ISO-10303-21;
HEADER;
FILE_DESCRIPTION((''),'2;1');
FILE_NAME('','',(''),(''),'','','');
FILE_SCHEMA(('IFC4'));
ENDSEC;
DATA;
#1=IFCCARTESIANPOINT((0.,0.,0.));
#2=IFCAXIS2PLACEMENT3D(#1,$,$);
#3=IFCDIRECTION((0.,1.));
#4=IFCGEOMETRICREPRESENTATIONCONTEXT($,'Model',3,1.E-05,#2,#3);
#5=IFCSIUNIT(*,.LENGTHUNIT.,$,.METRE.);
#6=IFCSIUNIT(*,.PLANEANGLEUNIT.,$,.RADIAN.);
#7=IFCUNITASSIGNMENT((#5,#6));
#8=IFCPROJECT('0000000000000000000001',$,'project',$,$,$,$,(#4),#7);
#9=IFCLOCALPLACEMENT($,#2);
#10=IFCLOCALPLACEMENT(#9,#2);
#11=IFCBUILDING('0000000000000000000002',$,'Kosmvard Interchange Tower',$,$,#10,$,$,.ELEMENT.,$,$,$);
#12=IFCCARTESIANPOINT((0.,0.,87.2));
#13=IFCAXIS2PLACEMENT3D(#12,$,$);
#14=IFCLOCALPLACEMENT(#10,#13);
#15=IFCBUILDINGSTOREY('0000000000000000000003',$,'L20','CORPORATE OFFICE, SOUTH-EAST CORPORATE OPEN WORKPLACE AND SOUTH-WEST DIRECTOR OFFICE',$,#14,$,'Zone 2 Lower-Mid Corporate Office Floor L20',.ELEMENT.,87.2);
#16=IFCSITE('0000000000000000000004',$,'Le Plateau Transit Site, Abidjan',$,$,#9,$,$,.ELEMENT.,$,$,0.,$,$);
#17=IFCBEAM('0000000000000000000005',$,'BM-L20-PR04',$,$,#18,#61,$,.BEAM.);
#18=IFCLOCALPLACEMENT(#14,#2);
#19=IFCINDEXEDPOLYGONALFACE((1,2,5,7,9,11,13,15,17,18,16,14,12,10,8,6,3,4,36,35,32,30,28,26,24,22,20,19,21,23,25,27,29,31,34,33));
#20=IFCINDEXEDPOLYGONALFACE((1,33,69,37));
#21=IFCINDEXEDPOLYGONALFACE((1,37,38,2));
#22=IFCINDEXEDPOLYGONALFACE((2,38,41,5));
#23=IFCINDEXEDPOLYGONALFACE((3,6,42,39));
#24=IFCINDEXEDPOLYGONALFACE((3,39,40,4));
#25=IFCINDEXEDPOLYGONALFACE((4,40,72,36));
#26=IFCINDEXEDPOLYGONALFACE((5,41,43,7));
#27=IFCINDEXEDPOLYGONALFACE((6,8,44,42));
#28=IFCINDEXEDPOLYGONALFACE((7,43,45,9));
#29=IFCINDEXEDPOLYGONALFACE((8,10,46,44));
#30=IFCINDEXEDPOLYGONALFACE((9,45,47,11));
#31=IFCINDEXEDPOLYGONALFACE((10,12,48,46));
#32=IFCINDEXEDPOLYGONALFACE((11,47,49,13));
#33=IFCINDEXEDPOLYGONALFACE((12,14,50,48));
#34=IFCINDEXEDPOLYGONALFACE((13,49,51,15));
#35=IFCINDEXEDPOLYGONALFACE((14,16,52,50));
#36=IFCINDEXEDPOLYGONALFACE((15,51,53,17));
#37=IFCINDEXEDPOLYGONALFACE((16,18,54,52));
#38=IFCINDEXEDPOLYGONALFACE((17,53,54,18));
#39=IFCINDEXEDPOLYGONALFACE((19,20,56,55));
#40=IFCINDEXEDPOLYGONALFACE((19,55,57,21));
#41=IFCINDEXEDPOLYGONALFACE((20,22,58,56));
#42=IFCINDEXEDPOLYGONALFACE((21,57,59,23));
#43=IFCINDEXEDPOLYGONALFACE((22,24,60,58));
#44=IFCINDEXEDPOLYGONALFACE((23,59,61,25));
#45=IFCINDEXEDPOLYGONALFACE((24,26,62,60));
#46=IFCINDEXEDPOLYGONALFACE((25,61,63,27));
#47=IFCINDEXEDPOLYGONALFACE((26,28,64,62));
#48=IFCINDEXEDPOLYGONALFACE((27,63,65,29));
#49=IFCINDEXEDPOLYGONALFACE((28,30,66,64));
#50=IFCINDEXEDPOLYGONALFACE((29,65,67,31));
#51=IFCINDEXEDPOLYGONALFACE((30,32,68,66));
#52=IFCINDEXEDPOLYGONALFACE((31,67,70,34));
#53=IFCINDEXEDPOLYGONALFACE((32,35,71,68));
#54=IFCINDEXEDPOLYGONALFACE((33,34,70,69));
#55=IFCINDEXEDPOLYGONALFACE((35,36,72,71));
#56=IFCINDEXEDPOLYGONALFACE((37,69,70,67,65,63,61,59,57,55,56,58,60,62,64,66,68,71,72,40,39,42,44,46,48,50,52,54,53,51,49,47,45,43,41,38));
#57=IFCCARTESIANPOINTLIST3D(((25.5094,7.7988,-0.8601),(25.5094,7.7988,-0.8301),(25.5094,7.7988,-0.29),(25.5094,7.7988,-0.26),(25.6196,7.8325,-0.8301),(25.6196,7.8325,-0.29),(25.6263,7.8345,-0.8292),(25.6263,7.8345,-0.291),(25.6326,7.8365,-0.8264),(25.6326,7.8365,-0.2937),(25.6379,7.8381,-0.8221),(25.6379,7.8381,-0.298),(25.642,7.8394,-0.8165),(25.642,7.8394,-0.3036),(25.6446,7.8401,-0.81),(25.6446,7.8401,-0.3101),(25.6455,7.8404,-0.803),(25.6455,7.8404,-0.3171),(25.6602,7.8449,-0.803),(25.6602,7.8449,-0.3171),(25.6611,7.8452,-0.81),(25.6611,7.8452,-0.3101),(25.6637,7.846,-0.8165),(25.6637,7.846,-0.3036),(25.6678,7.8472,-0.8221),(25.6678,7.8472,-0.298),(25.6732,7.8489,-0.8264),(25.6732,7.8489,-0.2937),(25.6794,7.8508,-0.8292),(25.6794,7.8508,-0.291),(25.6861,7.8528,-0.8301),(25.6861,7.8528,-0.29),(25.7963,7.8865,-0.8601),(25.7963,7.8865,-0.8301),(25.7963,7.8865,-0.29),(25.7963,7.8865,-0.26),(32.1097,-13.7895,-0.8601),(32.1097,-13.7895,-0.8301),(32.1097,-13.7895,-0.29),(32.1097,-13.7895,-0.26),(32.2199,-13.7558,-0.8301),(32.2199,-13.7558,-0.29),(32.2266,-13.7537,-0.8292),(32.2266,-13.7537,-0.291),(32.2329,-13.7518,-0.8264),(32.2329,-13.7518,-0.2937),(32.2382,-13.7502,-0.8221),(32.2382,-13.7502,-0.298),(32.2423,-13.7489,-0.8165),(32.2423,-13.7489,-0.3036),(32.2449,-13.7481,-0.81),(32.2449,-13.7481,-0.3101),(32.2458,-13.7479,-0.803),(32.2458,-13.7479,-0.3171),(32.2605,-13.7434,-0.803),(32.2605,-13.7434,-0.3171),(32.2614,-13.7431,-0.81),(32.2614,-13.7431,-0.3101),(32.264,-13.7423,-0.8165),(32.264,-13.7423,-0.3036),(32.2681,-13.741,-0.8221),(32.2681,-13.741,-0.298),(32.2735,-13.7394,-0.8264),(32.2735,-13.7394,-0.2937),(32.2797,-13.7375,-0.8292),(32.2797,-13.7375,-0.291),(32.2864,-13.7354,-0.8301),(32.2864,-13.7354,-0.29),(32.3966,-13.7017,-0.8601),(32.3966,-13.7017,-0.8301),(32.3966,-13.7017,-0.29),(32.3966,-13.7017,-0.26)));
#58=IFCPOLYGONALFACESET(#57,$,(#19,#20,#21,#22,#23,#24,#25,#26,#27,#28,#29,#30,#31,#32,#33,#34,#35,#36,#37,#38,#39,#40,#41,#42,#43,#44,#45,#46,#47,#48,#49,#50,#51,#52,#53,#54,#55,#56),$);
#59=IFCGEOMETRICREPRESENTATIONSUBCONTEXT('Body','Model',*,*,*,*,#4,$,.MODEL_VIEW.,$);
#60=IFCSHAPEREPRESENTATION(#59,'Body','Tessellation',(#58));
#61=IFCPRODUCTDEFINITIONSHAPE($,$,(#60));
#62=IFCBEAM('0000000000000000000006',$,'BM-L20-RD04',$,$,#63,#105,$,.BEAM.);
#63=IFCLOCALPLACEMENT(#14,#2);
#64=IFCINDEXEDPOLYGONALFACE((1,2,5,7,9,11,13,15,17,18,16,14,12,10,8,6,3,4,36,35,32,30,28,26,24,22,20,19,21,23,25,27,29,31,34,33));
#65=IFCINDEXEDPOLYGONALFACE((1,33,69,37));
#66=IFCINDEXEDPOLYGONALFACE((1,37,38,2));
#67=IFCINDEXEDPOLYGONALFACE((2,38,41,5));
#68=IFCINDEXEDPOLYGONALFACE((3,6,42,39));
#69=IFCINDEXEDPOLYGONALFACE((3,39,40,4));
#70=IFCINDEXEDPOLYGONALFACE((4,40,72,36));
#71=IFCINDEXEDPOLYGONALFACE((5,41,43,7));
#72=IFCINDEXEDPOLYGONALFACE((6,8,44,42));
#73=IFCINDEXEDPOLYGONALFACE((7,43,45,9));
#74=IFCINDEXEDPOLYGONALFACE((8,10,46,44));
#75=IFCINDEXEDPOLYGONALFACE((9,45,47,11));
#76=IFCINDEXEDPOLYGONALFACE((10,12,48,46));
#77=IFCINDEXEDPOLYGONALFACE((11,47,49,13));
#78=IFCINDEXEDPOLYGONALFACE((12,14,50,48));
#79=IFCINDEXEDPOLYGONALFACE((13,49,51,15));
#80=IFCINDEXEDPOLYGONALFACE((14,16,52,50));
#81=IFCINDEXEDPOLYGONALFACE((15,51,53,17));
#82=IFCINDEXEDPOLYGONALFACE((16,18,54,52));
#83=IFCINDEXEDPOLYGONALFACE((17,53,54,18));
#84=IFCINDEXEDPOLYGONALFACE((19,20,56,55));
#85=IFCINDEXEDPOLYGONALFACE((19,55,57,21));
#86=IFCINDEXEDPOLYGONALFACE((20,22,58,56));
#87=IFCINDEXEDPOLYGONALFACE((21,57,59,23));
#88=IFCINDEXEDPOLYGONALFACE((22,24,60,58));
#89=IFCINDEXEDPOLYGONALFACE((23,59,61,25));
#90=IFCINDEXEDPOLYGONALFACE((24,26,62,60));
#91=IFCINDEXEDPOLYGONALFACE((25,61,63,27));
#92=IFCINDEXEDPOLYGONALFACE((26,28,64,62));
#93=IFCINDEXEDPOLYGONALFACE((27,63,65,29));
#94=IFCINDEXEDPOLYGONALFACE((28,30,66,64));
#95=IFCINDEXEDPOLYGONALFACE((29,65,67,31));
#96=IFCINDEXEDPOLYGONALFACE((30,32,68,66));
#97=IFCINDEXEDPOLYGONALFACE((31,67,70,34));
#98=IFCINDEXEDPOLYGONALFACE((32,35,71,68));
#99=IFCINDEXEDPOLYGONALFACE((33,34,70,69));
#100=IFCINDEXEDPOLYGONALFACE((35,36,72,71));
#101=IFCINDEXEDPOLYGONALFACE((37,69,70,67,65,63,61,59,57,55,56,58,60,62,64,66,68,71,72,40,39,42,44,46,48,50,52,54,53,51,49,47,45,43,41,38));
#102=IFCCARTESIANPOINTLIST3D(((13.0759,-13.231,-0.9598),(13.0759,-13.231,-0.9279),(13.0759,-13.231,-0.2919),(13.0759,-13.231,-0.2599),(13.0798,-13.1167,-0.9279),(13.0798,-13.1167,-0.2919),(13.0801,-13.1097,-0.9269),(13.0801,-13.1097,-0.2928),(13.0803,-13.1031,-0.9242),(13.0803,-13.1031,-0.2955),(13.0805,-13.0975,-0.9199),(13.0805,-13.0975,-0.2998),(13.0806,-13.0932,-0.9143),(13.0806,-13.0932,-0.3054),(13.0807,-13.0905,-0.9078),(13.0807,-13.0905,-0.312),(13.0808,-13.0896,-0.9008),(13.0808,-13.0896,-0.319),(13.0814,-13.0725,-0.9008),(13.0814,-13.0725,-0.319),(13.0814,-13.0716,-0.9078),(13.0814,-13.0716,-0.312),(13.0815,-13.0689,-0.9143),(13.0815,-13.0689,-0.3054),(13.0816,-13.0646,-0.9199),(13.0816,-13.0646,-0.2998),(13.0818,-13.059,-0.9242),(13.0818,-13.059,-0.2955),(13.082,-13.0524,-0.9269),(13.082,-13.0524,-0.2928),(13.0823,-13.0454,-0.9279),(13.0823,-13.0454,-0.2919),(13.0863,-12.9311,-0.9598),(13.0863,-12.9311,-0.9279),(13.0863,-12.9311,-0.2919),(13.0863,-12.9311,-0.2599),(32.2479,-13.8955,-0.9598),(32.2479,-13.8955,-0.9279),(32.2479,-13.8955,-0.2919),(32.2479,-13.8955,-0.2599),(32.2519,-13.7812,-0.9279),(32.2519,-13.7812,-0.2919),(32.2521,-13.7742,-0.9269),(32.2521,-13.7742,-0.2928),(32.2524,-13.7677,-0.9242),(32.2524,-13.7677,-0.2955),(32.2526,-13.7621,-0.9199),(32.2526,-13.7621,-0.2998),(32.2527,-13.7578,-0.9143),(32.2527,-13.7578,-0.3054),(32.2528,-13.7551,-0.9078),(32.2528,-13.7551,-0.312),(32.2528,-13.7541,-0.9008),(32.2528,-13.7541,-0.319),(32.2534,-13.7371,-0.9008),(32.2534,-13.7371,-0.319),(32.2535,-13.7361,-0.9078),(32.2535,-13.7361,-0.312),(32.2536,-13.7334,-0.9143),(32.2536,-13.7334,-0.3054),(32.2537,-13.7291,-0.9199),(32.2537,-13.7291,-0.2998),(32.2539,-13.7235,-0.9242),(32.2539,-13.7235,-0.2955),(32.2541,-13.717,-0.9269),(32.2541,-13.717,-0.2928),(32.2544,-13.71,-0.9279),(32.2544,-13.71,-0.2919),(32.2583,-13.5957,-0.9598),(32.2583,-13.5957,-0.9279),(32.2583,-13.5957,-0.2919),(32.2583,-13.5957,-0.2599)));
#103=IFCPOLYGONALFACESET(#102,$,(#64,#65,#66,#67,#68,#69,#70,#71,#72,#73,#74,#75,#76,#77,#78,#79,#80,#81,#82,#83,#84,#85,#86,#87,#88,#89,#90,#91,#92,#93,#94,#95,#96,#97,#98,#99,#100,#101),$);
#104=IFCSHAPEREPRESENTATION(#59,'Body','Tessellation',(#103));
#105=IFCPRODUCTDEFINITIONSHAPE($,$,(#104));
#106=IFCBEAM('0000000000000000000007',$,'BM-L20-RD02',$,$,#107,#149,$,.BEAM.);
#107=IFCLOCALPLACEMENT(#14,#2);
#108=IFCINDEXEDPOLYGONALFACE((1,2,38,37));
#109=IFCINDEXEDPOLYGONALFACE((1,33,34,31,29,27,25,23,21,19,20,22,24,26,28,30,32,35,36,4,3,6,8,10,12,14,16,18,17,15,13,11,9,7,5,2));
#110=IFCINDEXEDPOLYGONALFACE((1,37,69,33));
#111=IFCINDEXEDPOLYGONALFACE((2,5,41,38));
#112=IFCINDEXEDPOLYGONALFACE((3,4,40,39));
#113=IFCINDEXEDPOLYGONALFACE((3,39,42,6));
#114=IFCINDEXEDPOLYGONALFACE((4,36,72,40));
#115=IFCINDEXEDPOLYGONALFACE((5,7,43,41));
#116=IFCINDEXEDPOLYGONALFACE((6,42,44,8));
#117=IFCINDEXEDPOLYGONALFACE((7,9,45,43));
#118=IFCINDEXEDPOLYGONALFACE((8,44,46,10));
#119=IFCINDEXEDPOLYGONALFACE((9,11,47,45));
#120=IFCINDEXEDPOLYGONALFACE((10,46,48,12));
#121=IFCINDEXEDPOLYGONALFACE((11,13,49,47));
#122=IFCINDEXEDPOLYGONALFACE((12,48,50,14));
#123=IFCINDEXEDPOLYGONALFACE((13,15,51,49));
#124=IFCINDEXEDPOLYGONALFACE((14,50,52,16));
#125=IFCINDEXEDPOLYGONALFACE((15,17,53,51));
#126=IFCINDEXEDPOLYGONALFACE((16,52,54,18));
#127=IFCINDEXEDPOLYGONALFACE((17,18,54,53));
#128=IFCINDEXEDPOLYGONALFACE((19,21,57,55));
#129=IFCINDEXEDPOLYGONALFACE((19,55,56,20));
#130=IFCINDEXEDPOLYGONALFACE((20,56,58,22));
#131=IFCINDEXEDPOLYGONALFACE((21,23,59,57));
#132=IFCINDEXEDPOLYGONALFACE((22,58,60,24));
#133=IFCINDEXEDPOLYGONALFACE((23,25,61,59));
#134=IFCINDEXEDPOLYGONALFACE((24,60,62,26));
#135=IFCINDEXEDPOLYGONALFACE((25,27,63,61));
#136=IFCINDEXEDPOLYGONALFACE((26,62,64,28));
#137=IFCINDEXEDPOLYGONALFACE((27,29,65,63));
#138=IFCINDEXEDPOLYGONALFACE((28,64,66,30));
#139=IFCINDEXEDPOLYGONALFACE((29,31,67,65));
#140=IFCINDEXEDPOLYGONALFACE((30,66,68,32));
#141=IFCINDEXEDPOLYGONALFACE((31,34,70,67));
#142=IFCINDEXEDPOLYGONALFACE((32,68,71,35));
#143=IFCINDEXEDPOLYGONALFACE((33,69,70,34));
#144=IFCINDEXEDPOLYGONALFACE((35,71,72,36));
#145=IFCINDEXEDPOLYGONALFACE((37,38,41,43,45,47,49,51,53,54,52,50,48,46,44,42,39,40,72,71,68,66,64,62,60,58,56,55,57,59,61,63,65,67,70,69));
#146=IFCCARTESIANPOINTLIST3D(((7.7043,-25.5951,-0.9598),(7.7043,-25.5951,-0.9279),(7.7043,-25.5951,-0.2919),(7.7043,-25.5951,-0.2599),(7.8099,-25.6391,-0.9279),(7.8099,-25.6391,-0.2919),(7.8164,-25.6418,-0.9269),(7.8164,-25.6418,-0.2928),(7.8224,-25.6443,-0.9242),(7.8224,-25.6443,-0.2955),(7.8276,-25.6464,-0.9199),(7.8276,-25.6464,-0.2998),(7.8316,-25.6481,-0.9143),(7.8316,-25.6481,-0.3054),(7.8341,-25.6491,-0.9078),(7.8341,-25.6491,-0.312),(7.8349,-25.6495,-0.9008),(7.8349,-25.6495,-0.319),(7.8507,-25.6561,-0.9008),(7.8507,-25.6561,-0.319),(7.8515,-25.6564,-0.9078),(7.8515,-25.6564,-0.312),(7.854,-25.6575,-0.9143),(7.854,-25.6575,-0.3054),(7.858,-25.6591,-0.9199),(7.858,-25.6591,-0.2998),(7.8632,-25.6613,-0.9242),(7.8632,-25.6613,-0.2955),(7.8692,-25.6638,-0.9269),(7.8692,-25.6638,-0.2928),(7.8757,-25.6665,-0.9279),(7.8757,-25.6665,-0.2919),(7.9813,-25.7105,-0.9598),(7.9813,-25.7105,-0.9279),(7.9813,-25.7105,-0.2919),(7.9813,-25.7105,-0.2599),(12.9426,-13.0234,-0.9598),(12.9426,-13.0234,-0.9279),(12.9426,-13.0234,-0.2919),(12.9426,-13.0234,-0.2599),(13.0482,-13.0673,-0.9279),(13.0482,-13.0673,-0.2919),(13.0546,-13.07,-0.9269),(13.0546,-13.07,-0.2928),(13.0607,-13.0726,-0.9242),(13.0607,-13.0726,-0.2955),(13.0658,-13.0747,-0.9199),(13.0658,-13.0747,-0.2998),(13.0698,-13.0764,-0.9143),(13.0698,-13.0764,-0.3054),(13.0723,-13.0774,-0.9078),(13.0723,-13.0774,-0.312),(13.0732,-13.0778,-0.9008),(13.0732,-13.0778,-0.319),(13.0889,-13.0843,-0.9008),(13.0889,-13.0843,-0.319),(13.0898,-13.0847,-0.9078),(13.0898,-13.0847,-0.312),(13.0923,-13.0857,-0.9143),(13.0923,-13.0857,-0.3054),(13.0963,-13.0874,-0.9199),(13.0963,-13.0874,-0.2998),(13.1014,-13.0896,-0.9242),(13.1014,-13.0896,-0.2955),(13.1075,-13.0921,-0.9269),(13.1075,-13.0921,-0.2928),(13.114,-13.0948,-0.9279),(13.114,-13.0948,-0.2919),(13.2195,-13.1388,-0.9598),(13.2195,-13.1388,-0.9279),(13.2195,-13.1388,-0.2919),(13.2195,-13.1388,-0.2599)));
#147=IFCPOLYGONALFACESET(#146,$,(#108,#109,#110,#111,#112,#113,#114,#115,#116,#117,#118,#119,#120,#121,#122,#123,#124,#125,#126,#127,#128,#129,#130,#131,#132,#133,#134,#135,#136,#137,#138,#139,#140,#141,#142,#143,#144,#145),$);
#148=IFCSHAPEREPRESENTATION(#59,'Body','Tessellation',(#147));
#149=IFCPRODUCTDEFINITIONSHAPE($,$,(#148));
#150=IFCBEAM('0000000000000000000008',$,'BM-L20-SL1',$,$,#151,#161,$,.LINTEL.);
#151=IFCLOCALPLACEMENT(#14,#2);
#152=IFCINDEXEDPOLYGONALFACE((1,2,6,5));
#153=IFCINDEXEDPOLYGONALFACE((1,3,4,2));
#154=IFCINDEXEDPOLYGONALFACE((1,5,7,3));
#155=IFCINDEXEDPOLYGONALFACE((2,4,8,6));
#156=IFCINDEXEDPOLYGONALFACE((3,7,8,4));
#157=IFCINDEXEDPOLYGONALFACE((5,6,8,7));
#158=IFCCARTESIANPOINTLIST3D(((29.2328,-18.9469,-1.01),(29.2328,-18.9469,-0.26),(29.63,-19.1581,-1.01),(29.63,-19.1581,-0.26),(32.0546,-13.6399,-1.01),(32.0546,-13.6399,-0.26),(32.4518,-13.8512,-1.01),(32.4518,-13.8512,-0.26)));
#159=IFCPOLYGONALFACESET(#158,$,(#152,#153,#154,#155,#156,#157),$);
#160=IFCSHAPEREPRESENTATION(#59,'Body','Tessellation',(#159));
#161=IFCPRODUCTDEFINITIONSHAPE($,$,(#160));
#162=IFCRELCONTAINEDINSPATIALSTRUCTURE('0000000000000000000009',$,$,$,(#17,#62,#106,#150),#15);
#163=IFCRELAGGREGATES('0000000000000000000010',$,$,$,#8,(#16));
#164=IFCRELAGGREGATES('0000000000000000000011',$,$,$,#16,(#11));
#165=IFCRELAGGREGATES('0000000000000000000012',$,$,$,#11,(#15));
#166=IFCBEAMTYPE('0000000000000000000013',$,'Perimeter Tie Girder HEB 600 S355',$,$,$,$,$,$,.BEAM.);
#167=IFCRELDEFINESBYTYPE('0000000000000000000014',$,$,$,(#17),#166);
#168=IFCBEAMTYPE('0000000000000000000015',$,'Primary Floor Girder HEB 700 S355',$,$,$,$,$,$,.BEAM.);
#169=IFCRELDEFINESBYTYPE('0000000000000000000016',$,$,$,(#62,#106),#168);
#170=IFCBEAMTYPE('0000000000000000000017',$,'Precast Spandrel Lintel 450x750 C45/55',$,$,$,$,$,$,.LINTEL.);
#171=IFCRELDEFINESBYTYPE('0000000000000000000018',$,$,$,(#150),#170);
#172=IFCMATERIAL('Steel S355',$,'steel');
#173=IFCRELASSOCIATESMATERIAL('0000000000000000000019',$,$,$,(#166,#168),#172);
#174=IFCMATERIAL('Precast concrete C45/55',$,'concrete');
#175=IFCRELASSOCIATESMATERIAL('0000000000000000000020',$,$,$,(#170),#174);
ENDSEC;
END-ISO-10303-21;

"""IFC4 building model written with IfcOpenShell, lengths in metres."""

from ifc_helpers import new_model, si_unit, direction, frame, origin, origin_2d, place, context, subcontext, project, spatial, rectangle, i_section, extrude, source, transform, mapped, material, material_profile, profile_set, type_object, element, save


model = new_model("IFC4")

# Units and contexts
model_context = context("Model", 3, precision=1e-05, world=origin(), true_north=direction((0.0, 1.0)))
body_context = subcontext(model_context, "Body", "Model", "MODEL_VIEW")
ifc_project = project(units=[si_unit("LENGTHUNIT", "METRE"), si_unit("PLANEANGLEUNIT", "RADIAN")], contexts=[model_context])

# Site, building, storey
site_placement = place(None, origin())
site = spatial("IfcSite", under=ifc_project, at=site_placement, Name="Le Plateau Transit Site, Abidjan", CompositionType="ELEMENT", RefElevation=0.0)
building_placement = place(site_placement, origin())
building = spatial("IfcBuilding", under=site, at=building_placement, Name="Kosmvard Interchange Tower", CompositionType="ELEMENT")
storey_placement = place(building_placement, frame((0.0, 0.0, 87.2)))
storey = spatial("IfcBuildingStorey", under=building, at=storey_placement, Name="L20", Description="CORPORATE OFFICE, SOUTH-EAST CORPORATE OPEN WORKPLACE AND SOUTH-WEST DIRECTOR OFFICE", LongName="Zone 2 Lower-Mid Corporate Office Floor L20", CompositionType="ELEMENT", Elevation=87.2)

# Beams
ifc_material_1 = material(Name="Steel S355", Category="steel")
ifc_material_profile_1 = material_profile(ifc_material_1, i_section(OverallWidth=0.3, OverallDepth=0.6001, WebThickness=0.0154, FlangeThickness=0.03, FilletRadius=0.0271, at=origin_2d()), Name="HEB 600")
ifc_profile_set_1 = profile_set([ifc_material_profile_1], Name="Steel S355")
beam_type_1 = type_object("IfcBeamType", Name="Perimeter Tie Girder HEB 600 S355", PredefinedType="BEAM", material=ifc_profile_set_1)
shared_shape_1 = source(origin(), body_context, "Body", "SweptSolid", [
    extrude(i_section(OverallWidth=0.3, OverallDepth=0.6001, WebThickness=0.0154, FlangeThickness=0.03, FilletRadius=0.0271, at=origin_2d()), origin(), (0.0, 0.0, 1.0), 22.5747),
])
beam_1_placement = place(storey_placement, frame((32.2532, -13.7456, -0.5601), z_axis=(-0.292376, 0.956303, 0.0), x_axis=(-0.956303, -0.292376, 0.0)))
element("IfcBeam", 1, at=beam_1_placement, inside=storey, type_object=beam_type_1, Name="BM-L20-PR04", PredefinedType="BEAM", context=body_context, shape_type="MappedRepresentation", body=[
    mapped(shared_shape_1, transform((0.0, 0.0, 0.0), scale=1.0)),
])
ifc_material_profile_2 = material_profile(ifc_material_1, i_section(OverallWidth=0.3, OverallDepth=0.7, WebThickness=0.0171, FlangeThickness=0.032, FilletRadius=0.0271, at=origin_2d()), Name="HEB 700")
ifc_profile_set_2 = profile_set([ifc_material_profile_2], Name="Steel S355")
beam_type_2 = type_object("IfcBeamType", Name="Primary Floor Girder HEB 700 S355", PredefinedType="BEAM", material=ifc_profile_set_2)
shared_shape_2 = source(origin(), body_context, "Body", "SweptSolid", [
    extrude(i_section(OverallWidth=0.3, OverallDepth=0.7, WebThickness=0.0171, FlangeThickness=0.032, FilletRadius=0.0271, at=origin_2d()), origin(), (0.0, 0.0, 1.0), 19.1836),
])
beam_2_placement = place(storey_placement, frame((13.0811, -13.0811, -0.6099), z_axis=(0.9994, -0.034642, 0.0), x_axis=(0.034642, 0.9994, 0.0)))
element("IfcBeam", 2, at=beam_2_placement, inside=storey, type_object=beam_type_2, Name="BM-L20-RD04", PredefinedType="BEAM", context=body_context, shape_type="MappedRepresentation", body=[
    mapped(shared_shape_2, transform((0.0, 0.0, 0.0), scale=1.0)),
])
shared_shape_3 = source(origin(), body_context, "Body", "SweptSolid", [
    extrude(i_section(OverallWidth=0.3, OverallDepth=0.7, WebThickness=0.0171, FlangeThickness=0.032, FilletRadius=0.0271, at=origin_2d()), origin(), (0.0, 0.0, 1.0), 13.6194),
])
beam_3_placement = place(storey_placement, frame((13.0811, -13.0811, -0.6099), z_axis=(-0.384618, -0.923076, 0.0), x_axis=(0.923076, -0.384618, 0.0)))
element("IfcBeam", 3, at=beam_3_placement, inside=storey, type_object=beam_type_2, Name="BM-L20-RD02", PredefinedType="BEAM", context=body_context, shape_type="MappedRepresentation", body=[
    mapped(shared_shape_3, transform((0.0, 0.0, 0.0), scale=1.0)),
])
ifc_material_2 = material(Name="Precast concrete C45/55", Category="concrete")
ifc_material_profile_3 = material_profile(ifc_material_2, rectangle(XDim=0.45, YDim=0.75, at=origin_2d()), Name="SL 450x750")
ifc_profile_set_3 = profile_set([ifc_material_profile_3], Name="Precast concrete C45/55")
beam_type_3 = type_object("IfcBeamType", Name="Precast Spandrel Lintel 450x750 C45/55", PredefinedType="LINTEL", material=ifc_profile_set_3)
shared_shape_4 = source(origin(), body_context, "Body", "SweptSolid", [
    extrude(rectangle(XDim=0.45, YDim=0.75, at=origin_2d()), origin(), (0.0, 0.0, 1.0), 6.0105),
])
beam_4_placement = place(storey_placement, frame((29.4314, -19.0525, -0.635), z_axis=(0.469479, 0.882944, 0.0), x_axis=(-0.882944, 0.469479, 0.0)))
element("IfcBeam", 4, at=beam_4_placement, inside=storey, type_object=beam_type_3, Name="BM-L20-SL1", PredefinedType="LINTEL", context=body_context, shape_type="MappedRepresentation", body=[
    mapped(shared_shape_4, transform((0.0, 0.0, 0.0), scale=1.0)),
])

save(model, "model.ifc")
